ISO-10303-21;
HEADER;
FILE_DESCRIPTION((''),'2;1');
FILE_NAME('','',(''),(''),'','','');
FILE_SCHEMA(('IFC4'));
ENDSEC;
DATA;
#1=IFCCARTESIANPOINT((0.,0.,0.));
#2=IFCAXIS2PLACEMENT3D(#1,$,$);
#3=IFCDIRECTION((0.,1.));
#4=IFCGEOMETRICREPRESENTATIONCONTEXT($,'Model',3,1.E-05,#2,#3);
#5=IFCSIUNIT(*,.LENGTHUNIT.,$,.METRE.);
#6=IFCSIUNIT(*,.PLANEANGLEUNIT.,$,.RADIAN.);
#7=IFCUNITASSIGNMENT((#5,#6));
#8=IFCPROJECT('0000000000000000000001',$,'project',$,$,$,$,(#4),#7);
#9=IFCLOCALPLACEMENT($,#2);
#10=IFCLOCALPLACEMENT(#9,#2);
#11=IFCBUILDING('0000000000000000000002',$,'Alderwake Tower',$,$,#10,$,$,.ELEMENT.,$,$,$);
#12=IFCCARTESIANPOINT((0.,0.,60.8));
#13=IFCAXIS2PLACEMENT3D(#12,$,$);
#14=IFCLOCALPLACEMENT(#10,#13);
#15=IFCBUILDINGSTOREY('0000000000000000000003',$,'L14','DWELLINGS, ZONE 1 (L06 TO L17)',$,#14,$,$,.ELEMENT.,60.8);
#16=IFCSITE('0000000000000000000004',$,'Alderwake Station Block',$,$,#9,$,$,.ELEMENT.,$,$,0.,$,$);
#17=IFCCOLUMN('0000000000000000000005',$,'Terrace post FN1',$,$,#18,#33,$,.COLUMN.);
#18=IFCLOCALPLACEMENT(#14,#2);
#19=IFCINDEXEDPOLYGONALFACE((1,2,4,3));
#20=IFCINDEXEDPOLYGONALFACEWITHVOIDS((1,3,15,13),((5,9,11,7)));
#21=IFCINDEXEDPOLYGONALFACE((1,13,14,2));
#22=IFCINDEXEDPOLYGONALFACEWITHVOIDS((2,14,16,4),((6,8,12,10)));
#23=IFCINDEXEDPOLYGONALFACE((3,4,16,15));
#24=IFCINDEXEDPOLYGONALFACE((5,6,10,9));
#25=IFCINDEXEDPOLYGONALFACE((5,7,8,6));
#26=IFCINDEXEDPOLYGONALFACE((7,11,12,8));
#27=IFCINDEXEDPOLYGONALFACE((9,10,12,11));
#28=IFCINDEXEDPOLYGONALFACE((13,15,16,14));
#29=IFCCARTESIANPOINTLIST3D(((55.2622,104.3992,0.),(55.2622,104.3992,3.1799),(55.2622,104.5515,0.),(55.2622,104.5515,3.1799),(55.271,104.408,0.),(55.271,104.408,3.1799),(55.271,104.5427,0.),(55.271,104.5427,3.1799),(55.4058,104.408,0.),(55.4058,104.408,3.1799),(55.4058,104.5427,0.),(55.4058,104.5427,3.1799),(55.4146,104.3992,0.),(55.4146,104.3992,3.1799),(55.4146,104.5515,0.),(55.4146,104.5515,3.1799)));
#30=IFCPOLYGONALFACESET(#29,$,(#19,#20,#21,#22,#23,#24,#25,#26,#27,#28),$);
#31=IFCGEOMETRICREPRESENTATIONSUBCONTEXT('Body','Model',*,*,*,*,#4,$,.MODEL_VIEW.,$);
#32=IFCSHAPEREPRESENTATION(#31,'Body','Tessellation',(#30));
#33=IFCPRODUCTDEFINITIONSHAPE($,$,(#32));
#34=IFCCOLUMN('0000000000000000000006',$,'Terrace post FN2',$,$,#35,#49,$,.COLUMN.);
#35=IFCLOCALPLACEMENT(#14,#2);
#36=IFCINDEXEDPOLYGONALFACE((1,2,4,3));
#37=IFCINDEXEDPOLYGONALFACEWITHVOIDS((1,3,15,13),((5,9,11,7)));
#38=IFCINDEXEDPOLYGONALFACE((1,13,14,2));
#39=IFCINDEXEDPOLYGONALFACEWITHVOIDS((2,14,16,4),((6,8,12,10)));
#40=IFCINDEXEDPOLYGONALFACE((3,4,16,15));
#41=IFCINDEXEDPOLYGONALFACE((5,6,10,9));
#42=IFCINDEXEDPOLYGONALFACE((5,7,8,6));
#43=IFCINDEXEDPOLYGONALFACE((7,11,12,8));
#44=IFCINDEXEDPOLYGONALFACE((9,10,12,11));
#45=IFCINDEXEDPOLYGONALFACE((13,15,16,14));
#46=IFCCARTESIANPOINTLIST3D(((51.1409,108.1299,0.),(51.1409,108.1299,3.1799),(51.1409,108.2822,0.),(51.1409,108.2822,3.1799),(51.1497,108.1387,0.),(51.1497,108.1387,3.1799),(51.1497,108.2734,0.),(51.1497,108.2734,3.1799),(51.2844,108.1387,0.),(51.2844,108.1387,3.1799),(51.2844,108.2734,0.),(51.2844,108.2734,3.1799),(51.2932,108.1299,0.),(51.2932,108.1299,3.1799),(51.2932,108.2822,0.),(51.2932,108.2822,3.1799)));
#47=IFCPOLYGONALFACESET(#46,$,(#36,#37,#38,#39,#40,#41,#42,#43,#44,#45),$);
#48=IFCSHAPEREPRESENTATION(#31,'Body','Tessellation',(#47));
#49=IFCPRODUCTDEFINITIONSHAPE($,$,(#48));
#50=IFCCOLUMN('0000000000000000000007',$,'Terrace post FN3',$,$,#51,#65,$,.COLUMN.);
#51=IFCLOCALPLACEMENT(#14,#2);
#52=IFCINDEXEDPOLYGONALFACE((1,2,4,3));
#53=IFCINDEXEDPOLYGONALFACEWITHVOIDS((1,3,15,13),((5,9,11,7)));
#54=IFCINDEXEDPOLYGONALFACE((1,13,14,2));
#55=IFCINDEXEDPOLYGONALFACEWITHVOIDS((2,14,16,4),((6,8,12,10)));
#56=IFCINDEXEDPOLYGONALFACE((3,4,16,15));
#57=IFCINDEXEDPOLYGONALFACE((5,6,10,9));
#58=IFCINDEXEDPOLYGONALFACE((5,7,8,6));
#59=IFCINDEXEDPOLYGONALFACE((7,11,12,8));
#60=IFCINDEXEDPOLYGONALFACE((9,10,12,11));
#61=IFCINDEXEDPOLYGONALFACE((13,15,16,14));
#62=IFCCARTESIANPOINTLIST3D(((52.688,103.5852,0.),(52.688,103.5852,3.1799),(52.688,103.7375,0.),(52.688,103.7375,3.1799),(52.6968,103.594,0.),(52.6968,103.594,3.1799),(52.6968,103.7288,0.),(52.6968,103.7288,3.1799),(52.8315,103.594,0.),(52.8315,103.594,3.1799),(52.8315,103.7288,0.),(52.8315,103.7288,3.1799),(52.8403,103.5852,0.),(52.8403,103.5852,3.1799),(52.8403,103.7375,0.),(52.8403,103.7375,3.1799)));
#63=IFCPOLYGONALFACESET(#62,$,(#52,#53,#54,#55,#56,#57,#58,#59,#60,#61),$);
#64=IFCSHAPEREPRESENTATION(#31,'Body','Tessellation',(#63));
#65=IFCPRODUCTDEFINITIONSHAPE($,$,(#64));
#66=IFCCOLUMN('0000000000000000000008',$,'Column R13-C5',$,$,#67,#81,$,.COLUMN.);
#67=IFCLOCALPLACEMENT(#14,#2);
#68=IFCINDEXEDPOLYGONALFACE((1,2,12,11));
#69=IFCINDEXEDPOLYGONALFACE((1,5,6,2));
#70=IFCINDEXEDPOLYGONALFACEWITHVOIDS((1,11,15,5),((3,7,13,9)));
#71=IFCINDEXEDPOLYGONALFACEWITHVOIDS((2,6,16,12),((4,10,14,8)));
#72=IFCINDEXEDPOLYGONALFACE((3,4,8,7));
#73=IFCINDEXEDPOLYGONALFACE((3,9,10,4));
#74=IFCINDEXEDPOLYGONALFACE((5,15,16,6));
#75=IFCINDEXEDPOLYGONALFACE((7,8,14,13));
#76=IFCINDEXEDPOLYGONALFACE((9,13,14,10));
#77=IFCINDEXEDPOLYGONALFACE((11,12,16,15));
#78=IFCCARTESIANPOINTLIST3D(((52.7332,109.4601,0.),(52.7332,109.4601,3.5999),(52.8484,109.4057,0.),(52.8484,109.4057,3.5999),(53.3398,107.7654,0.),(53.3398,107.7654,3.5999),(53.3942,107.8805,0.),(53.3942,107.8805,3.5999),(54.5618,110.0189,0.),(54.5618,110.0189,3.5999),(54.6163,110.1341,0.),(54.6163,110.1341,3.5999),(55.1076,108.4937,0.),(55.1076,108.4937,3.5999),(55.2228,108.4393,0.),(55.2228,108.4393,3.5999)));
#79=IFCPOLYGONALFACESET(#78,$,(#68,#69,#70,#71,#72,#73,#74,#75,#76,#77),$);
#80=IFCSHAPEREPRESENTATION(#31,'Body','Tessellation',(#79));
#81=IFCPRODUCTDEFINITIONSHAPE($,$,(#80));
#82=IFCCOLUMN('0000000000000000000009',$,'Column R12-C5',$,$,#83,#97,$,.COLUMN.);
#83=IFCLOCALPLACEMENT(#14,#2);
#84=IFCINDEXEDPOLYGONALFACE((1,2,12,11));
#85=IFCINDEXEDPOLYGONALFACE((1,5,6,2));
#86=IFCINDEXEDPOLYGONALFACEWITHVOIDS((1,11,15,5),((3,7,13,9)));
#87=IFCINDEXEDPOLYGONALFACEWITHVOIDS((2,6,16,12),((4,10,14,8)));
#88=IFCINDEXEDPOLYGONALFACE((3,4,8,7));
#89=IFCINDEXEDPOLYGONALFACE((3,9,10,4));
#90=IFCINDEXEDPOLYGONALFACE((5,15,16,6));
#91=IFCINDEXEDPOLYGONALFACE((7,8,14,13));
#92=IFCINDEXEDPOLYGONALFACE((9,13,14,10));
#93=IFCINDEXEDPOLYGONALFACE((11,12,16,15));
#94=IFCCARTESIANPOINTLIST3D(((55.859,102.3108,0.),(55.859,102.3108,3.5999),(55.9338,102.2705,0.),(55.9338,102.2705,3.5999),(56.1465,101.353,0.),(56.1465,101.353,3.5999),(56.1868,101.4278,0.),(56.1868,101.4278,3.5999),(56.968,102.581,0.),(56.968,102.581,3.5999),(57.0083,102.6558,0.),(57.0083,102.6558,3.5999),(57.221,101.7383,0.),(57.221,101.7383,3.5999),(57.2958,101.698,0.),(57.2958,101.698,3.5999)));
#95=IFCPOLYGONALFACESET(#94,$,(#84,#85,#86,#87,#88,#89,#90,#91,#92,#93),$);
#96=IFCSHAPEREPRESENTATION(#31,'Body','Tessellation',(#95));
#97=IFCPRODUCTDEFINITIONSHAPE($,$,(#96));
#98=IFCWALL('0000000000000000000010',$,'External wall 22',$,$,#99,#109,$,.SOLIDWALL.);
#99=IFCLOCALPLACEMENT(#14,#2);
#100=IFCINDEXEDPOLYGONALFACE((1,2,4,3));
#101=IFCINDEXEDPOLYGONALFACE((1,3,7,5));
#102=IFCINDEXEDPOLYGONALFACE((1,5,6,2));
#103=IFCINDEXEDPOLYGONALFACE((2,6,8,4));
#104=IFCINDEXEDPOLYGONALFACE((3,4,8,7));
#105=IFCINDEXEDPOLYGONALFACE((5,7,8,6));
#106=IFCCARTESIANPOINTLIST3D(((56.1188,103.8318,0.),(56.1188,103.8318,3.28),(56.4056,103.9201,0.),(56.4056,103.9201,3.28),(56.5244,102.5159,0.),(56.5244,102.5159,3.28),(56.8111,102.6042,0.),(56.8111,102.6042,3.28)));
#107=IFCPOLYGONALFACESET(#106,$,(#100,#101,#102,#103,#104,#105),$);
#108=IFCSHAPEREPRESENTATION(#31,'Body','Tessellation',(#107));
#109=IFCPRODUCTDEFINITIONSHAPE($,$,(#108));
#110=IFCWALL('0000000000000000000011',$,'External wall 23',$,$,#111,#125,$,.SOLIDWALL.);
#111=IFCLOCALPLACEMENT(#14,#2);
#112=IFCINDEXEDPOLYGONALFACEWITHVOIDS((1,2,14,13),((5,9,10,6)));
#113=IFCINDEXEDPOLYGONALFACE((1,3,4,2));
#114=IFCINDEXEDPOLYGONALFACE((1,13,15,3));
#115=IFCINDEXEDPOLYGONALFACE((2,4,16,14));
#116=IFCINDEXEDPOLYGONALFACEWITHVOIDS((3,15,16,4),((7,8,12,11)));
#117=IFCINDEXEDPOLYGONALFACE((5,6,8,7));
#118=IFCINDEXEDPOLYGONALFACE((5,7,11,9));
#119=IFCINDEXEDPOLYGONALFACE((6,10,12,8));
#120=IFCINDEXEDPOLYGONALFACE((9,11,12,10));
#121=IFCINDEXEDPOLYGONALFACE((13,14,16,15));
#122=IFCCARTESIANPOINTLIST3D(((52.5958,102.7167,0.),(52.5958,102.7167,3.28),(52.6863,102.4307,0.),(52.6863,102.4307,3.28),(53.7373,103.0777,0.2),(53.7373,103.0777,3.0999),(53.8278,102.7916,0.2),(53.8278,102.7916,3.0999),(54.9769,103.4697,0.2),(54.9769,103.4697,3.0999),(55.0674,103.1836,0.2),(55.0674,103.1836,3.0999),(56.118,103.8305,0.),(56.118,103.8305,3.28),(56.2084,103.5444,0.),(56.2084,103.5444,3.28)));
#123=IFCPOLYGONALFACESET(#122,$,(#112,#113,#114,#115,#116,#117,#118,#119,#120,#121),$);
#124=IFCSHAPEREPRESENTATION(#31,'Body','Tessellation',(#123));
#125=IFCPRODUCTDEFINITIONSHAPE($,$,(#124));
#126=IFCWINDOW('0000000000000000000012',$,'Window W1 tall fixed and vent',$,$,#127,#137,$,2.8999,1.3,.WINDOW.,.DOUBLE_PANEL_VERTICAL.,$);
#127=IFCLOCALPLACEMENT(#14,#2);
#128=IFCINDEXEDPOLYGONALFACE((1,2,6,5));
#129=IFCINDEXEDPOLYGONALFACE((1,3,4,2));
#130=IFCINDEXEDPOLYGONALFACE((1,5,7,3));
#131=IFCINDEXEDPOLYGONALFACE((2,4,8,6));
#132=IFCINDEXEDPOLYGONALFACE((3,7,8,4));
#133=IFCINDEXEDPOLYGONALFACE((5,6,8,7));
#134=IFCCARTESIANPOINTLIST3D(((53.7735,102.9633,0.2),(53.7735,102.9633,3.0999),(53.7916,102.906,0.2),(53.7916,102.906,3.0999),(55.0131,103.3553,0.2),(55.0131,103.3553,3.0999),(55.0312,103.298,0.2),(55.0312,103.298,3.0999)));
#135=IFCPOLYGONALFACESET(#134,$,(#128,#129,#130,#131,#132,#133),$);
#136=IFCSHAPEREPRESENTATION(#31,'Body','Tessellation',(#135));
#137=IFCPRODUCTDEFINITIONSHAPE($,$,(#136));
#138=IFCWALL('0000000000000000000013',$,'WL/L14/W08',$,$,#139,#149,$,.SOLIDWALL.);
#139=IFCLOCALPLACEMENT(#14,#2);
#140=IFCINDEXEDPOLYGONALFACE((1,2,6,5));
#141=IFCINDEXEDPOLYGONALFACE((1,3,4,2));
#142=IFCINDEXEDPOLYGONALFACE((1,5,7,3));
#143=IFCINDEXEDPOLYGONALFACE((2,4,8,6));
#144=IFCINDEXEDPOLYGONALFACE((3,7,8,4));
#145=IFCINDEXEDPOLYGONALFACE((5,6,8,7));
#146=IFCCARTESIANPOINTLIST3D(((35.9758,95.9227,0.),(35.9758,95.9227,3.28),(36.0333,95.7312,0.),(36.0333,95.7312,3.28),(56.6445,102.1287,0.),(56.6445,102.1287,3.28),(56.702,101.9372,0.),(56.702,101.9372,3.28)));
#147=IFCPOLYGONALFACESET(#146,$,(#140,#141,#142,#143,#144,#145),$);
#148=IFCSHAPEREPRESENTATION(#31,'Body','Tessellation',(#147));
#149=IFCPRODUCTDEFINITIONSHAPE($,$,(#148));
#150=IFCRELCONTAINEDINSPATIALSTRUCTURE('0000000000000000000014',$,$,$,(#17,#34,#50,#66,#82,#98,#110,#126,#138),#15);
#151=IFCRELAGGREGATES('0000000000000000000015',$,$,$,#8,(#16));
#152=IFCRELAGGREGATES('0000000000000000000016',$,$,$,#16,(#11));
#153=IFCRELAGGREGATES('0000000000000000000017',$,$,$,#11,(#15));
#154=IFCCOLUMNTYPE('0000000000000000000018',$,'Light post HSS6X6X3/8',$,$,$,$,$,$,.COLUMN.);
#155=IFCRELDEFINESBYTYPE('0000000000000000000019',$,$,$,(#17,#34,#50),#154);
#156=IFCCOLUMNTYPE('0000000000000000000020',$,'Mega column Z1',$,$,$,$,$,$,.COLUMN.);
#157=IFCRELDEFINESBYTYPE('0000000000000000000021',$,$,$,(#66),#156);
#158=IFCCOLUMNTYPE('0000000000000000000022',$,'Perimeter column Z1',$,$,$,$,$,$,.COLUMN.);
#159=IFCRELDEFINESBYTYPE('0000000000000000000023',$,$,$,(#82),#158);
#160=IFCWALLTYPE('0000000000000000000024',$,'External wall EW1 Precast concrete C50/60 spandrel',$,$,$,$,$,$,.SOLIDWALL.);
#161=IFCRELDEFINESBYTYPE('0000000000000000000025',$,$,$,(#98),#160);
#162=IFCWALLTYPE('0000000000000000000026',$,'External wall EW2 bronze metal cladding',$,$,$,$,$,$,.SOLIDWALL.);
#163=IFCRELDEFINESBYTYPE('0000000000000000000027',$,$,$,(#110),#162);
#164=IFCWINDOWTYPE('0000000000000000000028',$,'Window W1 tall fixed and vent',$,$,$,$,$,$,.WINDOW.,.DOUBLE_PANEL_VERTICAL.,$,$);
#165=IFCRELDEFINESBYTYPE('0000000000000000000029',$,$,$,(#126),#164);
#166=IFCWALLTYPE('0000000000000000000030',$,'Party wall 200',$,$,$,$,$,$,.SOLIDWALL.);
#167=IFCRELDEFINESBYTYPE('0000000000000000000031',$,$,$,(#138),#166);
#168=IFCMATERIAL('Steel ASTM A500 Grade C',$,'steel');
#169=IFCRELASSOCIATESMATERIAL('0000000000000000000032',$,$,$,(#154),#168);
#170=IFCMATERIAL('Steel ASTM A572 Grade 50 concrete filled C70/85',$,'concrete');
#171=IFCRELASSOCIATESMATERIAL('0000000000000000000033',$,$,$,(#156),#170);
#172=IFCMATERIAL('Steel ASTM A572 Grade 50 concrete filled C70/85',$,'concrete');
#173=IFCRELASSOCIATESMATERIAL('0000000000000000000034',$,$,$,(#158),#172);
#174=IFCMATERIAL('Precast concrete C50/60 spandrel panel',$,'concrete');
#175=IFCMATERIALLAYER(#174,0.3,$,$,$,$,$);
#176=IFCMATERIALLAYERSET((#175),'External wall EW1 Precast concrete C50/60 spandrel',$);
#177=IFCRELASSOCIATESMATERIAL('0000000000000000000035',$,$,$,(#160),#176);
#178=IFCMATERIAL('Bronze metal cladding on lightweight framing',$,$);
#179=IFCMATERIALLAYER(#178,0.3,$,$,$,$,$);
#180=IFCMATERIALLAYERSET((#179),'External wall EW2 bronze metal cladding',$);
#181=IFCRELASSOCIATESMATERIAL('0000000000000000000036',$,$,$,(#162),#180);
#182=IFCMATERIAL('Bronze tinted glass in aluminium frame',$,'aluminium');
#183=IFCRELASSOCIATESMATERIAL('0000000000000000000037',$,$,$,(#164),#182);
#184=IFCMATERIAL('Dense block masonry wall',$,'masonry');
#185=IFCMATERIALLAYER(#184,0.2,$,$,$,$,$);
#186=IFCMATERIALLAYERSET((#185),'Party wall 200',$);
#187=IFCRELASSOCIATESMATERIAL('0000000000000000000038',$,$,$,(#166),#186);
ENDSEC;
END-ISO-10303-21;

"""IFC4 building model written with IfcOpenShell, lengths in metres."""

from ifc_helpers import new_model, si_unit, direction, frame, frame_2d, origin, origin_2d, place, context, subcontext, project, spatial, rectangle, hollow_rectangle, extrude, material, layer, layer_set, material_profile, profile_set, type_object, element, fill, save


model = new_model("IFC4")

# Units and contexts
model_context = context("Model", 3, precision=1e-05, world=origin(), true_north=direction((0.0, 1.0)))
body_context = subcontext(model_context, "Body", "Model", "MODEL_VIEW")
ifc_project = project(units=[si_unit("LENGTHUNIT", "METRE"), si_unit("PLANEANGLEUNIT", "RADIAN")], contexts=[model_context])

# Site, building, storey
site_placement = place(None, origin())
site = spatial("IfcSite", under=ifc_project, at=site_placement, Name="Alderwake Station Block", CompositionType="ELEMENT", RefElevation=0.0)
building_placement = place(site_placement, origin())
building = spatial("IfcBuilding", under=site, at=building_placement, Name="Alderwake Tower", CompositionType="ELEMENT")
storey_placement = place(building_placement, frame((0.0, 0.0, 60.8)))
storey = spatial("IfcBuildingStorey", under=building, at=storey_placement, Name="L14", Description="DWELLINGS, ZONE 1 (L06 TO L17)", CompositionType="ELEMENT", Elevation=60.8)

# Columns
ifc_material_1 = material(Name="Steel ASTM A500 Grade C", Category="steel")
ifc_material_profile_1 = material_profile(ifc_material_1, hollow_rectangle(XDim=0.1523, YDim=0.1523, WallThickness=0.0088, at=origin_2d()), Name="HSS6X6X3/8")
ifc_profile_set_1 = profile_set([ifc_material_profile_1], Name="Steel ASTM A500 Grade C")
column_type_1 = type_object("IfcColumnType", Name="Light post HSS6X6X3/8", PredefinedType="COLUMN", material=ifc_profile_set_1)
for number, where, z_axis, x_axis, name in (
    (1, (55.3384, 104.4753, 0.0), (0.0, 0.0, 1.0), (1.0, 0.0, 0.0), "Terrace post FN1"),
    (2, (51.217, 108.2061, 0.0), (0.0, 0.0, 1.0), (1.0, 0.0, 0.0), "Terrace post FN2"),
    (3, (52.7642, 103.6614, 0.0), (0.0, 0.0, 1.0), (1.0, 0.0, 0.0), "Terrace post FN3"),
):
    element("IfcColumn", number, at=place(storey_placement, frame(where, z_axis=z_axis, x_axis=x_axis)), inside=storey, type_object=column_type_1, Name=name, PredefinedType="COLUMN", context=body_context, shape_type="SweptSolid", body=[
        extrude(hollow_rectangle(XDim=0.1523, YDim=0.1523, WallThickness=0.0088, at=origin_2d()), origin(), (0.0, 0.0, 1.0), 3.1799),
    ])
ifc_material_2 = material(Name="Steel ASTM A572 Grade 50 concrete filled C70/85", Category="concrete")
ifc_material_profile_2 = material_profile(ifc_material_2, hollow_rectangle(XDim=1.8, YDim=2.0, WallThickness=0.0901, at=origin_2d()), Name="BOX 2000X1800X90")
ifc_profile_set_2 = profile_set([ifc_material_profile_2], Name="Steel ASTM A572 Grade 50 concrete filled C70/85")
column_type_2 = type_object("IfcColumnType", Name="Mega column Z1", PredefinedType="COLUMN", material=ifc_profile_set_2)
column_1_placement = place(storey_placement, frame((53.978, 108.9497, 0.0), z_axis=(0.0, 0.0, 1.0), x_axis=(-0.336962, 0.941518, 0.0)))
element("IfcColumn", 4, at=column_1_placement, inside=storey, type_object=column_type_2, Name="Column R13-C5", PredefinedType="COLUMN", context=body_context, shape_type="SweptSolid", body=[
    extrude(hollow_rectangle(XDim=1.8, YDim=2.0, WallThickness=0.0901, at=origin_2d()), origin(), (0.0, 0.0, 1.0), 3.5999),
])
ifc_material_3 = material(Name="Steel ASTM A572 Grade 50 concrete filled C70/85", Category="concrete")
ifc_material_profile_3 = material_profile(ifc_material_3, hollow_rectangle(XDim=1.0, YDim=1.2, WallThickness=0.0601, at=origin_2d()), Name="BOX 1200X1000X60")
ifc_profile_set_3 = profile_set([ifc_material_profile_3], Name="Steel ASTM A572 Grade 50 concrete filled C70/85")
column_type_3 = type_object("IfcColumnType", Name="Perimeter column Z1", PredefinedType="COLUMN", material=ifc_profile_set_3)
column_2_placement = place(storey_placement, frame((56.5774, 102.0044, 0.0), z_axis=(0.0, 0.0, 1.0), x_axis=(-0.287549, 0.957766, 0.0)))
element("IfcColumn", 5, at=column_2_placement, inside=storey, type_object=column_type_3, Name="Column R12-C5", PredefinedType="COLUMN", context=body_context, shape_type="SweptSolid", body=[
    extrude(hollow_rectangle(XDim=1.0, YDim=1.2, WallThickness=0.0601, at=origin_2d()), origin(), (0.0, 0.0, 1.0), 3.5999),
])

# Wall
ifc_material_4 = material(Name="Precast concrete C50/60 spandrel panel", Category="concrete")
ifc_layer_1 = layer(ifc_material_4, 0.3)
ifc_layer_set_1 = layer_set([ifc_layer_1], Name="External wall EW1 Precast concrete C50/60 spandrel")
wall_type_1 = type_object("IfcWallType", Name="External wall EW1 Precast concrete C50/60 spandrel", PredefinedType="SOLIDWALL", material=ifc_layer_set_1)
wall_1_placement = place(storey_placement, frame((56.6677, 102.5601, 0.0), z_axis=(0.0, 0.0, 1.0), x_axis=(-0.294497, 0.955652, 0.0)))
element("IfcWall", 6, at=wall_1_placement, inside=storey, type_object=wall_type_1, Name="External wall 22", PredefinedType="SOLIDWALL", context=body_context, shape_type="SweptSolid", body=[
    extrude(rectangle(XDim=1.377, YDim=0.3, at=frame_2d((0.6885, 0.0))), origin(), (0.0, 0.0, 1.0), 3.28),
])

# Wall, opening, window
ifc_material_5 = material(Name="Bronze metal cladding on lightweight framing")
ifc_layer_2 = layer(ifc_material_5, 0.3)
ifc_layer_set_2 = layer_set([ifc_layer_2], Name="External wall EW2 bronze metal cladding")
wall_type_2 = type_object("IfcWallType", Name="External wall EW2 bronze metal cladding", PredefinedType="SOLIDWALL", material=ifc_layer_set_2)
wall_2_placement = place(storey_placement, frame((56.1633, 103.6875, 0.0), z_axis=(0.0, 0.0, 1.0), x_axis=(-0.953467, -0.301498, 0.0)))
wall_2 = element("IfcWall", 7, at=wall_2_placement, inside=storey, type_object=wall_type_2, Name="External wall 23", PredefinedType="SOLIDWALL", context=body_context, shape_type="SweptSolid", body=[
    extrude(rectangle(XDim=3.6941, YDim=0.3, at=frame_2d((1.8472, 0.0))), origin(), (0.0, 0.0, 1.0), 3.28),
])
opening_1_placement = place(wall_2_placement, frame((1.197, 0.0, 0.2)))
opening_1 = element("IfcOpeningElement", 8, at=opening_1_placement, cuts=wall_2, PredefinedType="OPENING", context=body_context, shape_type="SweptSolid", body=[
    extrude(rectangle(XDim=1.3, YDim=2.8999, at=frame_2d((0.6499, 1.45))), frame((0.0, 0.1599, 0.0), z_axis=(0.0, -1.0, 0.0), x_axis=(1.0, 0.0, 0.0)), (0.0, 0.0, 1.0), 0.3201),
])
ifc_material_6 = material(Name="Bronze tinted glass in aluminium frame", Category="aluminium")
window_type = type_object("IfcWindowType", Name="Window W1 tall fixed and vent", PartitioningType="DOUBLE_PANEL_VERTICAL", PredefinedType="WINDOW", material=ifc_material_6)
window_1_placement = place(opening_1_placement, origin())
window_1 = element("IfcWindow", 9, at=window_1_placement, inside=storey, type_object=window_type, Name="Window W1 tall fixed and vent", OverallHeight=2.8999, OverallWidth=1.3, PartitioningType="DOUBLE_PANEL_VERTICAL", PredefinedType="WINDOW", context=body_context, shape_type="SweptSolid", body=[
    extrude(rectangle(XDim=1.3, YDim=2.8999, at=frame_2d((0.6499, 1.45))), frame((0.0, 0.03, 0.0), z_axis=(0.0, -1.0, 0.0), x_axis=(1.0, 0.0, 0.0)), (0.0, 0.0, 1.0), 0.0601),
])
fill(opening_1, window_1)

# Wall
ifc_material_7 = material(Name="Dense block masonry wall", Category="masonry")
ifc_layer_3 = layer(ifc_material_7, 0.2)
ifc_layer_set_3 = layer_set([ifc_layer_3], Name="Party wall 200")
wall_type_3 = type_object("IfcWallType", Name="Party wall 200", PredefinedType="SOLIDWALL", material=ifc_layer_set_3)
wall_3_placement = place(storey_placement, frame((56.6731, 102.033, 0.0), z_axis=(0.0, 0.0, 1.0), x_axis=(-0.957757, -0.287579, 0.0)))
element("IfcWall", 10, at=wall_3_placement, inside=storey, type_object=wall_type_3, Name="WL/L14/W08", PredefinedType="SOLIDWALL", context=body_context, shape_type="SweptSolid", body=[
    extrude(rectangle(XDim=21.5803, YDim=0.2, at=frame_2d((10.79, 0.0))), origin(), (0.0, 0.0, 1.0), 3.28),
])

save(model, "model.ifc")
